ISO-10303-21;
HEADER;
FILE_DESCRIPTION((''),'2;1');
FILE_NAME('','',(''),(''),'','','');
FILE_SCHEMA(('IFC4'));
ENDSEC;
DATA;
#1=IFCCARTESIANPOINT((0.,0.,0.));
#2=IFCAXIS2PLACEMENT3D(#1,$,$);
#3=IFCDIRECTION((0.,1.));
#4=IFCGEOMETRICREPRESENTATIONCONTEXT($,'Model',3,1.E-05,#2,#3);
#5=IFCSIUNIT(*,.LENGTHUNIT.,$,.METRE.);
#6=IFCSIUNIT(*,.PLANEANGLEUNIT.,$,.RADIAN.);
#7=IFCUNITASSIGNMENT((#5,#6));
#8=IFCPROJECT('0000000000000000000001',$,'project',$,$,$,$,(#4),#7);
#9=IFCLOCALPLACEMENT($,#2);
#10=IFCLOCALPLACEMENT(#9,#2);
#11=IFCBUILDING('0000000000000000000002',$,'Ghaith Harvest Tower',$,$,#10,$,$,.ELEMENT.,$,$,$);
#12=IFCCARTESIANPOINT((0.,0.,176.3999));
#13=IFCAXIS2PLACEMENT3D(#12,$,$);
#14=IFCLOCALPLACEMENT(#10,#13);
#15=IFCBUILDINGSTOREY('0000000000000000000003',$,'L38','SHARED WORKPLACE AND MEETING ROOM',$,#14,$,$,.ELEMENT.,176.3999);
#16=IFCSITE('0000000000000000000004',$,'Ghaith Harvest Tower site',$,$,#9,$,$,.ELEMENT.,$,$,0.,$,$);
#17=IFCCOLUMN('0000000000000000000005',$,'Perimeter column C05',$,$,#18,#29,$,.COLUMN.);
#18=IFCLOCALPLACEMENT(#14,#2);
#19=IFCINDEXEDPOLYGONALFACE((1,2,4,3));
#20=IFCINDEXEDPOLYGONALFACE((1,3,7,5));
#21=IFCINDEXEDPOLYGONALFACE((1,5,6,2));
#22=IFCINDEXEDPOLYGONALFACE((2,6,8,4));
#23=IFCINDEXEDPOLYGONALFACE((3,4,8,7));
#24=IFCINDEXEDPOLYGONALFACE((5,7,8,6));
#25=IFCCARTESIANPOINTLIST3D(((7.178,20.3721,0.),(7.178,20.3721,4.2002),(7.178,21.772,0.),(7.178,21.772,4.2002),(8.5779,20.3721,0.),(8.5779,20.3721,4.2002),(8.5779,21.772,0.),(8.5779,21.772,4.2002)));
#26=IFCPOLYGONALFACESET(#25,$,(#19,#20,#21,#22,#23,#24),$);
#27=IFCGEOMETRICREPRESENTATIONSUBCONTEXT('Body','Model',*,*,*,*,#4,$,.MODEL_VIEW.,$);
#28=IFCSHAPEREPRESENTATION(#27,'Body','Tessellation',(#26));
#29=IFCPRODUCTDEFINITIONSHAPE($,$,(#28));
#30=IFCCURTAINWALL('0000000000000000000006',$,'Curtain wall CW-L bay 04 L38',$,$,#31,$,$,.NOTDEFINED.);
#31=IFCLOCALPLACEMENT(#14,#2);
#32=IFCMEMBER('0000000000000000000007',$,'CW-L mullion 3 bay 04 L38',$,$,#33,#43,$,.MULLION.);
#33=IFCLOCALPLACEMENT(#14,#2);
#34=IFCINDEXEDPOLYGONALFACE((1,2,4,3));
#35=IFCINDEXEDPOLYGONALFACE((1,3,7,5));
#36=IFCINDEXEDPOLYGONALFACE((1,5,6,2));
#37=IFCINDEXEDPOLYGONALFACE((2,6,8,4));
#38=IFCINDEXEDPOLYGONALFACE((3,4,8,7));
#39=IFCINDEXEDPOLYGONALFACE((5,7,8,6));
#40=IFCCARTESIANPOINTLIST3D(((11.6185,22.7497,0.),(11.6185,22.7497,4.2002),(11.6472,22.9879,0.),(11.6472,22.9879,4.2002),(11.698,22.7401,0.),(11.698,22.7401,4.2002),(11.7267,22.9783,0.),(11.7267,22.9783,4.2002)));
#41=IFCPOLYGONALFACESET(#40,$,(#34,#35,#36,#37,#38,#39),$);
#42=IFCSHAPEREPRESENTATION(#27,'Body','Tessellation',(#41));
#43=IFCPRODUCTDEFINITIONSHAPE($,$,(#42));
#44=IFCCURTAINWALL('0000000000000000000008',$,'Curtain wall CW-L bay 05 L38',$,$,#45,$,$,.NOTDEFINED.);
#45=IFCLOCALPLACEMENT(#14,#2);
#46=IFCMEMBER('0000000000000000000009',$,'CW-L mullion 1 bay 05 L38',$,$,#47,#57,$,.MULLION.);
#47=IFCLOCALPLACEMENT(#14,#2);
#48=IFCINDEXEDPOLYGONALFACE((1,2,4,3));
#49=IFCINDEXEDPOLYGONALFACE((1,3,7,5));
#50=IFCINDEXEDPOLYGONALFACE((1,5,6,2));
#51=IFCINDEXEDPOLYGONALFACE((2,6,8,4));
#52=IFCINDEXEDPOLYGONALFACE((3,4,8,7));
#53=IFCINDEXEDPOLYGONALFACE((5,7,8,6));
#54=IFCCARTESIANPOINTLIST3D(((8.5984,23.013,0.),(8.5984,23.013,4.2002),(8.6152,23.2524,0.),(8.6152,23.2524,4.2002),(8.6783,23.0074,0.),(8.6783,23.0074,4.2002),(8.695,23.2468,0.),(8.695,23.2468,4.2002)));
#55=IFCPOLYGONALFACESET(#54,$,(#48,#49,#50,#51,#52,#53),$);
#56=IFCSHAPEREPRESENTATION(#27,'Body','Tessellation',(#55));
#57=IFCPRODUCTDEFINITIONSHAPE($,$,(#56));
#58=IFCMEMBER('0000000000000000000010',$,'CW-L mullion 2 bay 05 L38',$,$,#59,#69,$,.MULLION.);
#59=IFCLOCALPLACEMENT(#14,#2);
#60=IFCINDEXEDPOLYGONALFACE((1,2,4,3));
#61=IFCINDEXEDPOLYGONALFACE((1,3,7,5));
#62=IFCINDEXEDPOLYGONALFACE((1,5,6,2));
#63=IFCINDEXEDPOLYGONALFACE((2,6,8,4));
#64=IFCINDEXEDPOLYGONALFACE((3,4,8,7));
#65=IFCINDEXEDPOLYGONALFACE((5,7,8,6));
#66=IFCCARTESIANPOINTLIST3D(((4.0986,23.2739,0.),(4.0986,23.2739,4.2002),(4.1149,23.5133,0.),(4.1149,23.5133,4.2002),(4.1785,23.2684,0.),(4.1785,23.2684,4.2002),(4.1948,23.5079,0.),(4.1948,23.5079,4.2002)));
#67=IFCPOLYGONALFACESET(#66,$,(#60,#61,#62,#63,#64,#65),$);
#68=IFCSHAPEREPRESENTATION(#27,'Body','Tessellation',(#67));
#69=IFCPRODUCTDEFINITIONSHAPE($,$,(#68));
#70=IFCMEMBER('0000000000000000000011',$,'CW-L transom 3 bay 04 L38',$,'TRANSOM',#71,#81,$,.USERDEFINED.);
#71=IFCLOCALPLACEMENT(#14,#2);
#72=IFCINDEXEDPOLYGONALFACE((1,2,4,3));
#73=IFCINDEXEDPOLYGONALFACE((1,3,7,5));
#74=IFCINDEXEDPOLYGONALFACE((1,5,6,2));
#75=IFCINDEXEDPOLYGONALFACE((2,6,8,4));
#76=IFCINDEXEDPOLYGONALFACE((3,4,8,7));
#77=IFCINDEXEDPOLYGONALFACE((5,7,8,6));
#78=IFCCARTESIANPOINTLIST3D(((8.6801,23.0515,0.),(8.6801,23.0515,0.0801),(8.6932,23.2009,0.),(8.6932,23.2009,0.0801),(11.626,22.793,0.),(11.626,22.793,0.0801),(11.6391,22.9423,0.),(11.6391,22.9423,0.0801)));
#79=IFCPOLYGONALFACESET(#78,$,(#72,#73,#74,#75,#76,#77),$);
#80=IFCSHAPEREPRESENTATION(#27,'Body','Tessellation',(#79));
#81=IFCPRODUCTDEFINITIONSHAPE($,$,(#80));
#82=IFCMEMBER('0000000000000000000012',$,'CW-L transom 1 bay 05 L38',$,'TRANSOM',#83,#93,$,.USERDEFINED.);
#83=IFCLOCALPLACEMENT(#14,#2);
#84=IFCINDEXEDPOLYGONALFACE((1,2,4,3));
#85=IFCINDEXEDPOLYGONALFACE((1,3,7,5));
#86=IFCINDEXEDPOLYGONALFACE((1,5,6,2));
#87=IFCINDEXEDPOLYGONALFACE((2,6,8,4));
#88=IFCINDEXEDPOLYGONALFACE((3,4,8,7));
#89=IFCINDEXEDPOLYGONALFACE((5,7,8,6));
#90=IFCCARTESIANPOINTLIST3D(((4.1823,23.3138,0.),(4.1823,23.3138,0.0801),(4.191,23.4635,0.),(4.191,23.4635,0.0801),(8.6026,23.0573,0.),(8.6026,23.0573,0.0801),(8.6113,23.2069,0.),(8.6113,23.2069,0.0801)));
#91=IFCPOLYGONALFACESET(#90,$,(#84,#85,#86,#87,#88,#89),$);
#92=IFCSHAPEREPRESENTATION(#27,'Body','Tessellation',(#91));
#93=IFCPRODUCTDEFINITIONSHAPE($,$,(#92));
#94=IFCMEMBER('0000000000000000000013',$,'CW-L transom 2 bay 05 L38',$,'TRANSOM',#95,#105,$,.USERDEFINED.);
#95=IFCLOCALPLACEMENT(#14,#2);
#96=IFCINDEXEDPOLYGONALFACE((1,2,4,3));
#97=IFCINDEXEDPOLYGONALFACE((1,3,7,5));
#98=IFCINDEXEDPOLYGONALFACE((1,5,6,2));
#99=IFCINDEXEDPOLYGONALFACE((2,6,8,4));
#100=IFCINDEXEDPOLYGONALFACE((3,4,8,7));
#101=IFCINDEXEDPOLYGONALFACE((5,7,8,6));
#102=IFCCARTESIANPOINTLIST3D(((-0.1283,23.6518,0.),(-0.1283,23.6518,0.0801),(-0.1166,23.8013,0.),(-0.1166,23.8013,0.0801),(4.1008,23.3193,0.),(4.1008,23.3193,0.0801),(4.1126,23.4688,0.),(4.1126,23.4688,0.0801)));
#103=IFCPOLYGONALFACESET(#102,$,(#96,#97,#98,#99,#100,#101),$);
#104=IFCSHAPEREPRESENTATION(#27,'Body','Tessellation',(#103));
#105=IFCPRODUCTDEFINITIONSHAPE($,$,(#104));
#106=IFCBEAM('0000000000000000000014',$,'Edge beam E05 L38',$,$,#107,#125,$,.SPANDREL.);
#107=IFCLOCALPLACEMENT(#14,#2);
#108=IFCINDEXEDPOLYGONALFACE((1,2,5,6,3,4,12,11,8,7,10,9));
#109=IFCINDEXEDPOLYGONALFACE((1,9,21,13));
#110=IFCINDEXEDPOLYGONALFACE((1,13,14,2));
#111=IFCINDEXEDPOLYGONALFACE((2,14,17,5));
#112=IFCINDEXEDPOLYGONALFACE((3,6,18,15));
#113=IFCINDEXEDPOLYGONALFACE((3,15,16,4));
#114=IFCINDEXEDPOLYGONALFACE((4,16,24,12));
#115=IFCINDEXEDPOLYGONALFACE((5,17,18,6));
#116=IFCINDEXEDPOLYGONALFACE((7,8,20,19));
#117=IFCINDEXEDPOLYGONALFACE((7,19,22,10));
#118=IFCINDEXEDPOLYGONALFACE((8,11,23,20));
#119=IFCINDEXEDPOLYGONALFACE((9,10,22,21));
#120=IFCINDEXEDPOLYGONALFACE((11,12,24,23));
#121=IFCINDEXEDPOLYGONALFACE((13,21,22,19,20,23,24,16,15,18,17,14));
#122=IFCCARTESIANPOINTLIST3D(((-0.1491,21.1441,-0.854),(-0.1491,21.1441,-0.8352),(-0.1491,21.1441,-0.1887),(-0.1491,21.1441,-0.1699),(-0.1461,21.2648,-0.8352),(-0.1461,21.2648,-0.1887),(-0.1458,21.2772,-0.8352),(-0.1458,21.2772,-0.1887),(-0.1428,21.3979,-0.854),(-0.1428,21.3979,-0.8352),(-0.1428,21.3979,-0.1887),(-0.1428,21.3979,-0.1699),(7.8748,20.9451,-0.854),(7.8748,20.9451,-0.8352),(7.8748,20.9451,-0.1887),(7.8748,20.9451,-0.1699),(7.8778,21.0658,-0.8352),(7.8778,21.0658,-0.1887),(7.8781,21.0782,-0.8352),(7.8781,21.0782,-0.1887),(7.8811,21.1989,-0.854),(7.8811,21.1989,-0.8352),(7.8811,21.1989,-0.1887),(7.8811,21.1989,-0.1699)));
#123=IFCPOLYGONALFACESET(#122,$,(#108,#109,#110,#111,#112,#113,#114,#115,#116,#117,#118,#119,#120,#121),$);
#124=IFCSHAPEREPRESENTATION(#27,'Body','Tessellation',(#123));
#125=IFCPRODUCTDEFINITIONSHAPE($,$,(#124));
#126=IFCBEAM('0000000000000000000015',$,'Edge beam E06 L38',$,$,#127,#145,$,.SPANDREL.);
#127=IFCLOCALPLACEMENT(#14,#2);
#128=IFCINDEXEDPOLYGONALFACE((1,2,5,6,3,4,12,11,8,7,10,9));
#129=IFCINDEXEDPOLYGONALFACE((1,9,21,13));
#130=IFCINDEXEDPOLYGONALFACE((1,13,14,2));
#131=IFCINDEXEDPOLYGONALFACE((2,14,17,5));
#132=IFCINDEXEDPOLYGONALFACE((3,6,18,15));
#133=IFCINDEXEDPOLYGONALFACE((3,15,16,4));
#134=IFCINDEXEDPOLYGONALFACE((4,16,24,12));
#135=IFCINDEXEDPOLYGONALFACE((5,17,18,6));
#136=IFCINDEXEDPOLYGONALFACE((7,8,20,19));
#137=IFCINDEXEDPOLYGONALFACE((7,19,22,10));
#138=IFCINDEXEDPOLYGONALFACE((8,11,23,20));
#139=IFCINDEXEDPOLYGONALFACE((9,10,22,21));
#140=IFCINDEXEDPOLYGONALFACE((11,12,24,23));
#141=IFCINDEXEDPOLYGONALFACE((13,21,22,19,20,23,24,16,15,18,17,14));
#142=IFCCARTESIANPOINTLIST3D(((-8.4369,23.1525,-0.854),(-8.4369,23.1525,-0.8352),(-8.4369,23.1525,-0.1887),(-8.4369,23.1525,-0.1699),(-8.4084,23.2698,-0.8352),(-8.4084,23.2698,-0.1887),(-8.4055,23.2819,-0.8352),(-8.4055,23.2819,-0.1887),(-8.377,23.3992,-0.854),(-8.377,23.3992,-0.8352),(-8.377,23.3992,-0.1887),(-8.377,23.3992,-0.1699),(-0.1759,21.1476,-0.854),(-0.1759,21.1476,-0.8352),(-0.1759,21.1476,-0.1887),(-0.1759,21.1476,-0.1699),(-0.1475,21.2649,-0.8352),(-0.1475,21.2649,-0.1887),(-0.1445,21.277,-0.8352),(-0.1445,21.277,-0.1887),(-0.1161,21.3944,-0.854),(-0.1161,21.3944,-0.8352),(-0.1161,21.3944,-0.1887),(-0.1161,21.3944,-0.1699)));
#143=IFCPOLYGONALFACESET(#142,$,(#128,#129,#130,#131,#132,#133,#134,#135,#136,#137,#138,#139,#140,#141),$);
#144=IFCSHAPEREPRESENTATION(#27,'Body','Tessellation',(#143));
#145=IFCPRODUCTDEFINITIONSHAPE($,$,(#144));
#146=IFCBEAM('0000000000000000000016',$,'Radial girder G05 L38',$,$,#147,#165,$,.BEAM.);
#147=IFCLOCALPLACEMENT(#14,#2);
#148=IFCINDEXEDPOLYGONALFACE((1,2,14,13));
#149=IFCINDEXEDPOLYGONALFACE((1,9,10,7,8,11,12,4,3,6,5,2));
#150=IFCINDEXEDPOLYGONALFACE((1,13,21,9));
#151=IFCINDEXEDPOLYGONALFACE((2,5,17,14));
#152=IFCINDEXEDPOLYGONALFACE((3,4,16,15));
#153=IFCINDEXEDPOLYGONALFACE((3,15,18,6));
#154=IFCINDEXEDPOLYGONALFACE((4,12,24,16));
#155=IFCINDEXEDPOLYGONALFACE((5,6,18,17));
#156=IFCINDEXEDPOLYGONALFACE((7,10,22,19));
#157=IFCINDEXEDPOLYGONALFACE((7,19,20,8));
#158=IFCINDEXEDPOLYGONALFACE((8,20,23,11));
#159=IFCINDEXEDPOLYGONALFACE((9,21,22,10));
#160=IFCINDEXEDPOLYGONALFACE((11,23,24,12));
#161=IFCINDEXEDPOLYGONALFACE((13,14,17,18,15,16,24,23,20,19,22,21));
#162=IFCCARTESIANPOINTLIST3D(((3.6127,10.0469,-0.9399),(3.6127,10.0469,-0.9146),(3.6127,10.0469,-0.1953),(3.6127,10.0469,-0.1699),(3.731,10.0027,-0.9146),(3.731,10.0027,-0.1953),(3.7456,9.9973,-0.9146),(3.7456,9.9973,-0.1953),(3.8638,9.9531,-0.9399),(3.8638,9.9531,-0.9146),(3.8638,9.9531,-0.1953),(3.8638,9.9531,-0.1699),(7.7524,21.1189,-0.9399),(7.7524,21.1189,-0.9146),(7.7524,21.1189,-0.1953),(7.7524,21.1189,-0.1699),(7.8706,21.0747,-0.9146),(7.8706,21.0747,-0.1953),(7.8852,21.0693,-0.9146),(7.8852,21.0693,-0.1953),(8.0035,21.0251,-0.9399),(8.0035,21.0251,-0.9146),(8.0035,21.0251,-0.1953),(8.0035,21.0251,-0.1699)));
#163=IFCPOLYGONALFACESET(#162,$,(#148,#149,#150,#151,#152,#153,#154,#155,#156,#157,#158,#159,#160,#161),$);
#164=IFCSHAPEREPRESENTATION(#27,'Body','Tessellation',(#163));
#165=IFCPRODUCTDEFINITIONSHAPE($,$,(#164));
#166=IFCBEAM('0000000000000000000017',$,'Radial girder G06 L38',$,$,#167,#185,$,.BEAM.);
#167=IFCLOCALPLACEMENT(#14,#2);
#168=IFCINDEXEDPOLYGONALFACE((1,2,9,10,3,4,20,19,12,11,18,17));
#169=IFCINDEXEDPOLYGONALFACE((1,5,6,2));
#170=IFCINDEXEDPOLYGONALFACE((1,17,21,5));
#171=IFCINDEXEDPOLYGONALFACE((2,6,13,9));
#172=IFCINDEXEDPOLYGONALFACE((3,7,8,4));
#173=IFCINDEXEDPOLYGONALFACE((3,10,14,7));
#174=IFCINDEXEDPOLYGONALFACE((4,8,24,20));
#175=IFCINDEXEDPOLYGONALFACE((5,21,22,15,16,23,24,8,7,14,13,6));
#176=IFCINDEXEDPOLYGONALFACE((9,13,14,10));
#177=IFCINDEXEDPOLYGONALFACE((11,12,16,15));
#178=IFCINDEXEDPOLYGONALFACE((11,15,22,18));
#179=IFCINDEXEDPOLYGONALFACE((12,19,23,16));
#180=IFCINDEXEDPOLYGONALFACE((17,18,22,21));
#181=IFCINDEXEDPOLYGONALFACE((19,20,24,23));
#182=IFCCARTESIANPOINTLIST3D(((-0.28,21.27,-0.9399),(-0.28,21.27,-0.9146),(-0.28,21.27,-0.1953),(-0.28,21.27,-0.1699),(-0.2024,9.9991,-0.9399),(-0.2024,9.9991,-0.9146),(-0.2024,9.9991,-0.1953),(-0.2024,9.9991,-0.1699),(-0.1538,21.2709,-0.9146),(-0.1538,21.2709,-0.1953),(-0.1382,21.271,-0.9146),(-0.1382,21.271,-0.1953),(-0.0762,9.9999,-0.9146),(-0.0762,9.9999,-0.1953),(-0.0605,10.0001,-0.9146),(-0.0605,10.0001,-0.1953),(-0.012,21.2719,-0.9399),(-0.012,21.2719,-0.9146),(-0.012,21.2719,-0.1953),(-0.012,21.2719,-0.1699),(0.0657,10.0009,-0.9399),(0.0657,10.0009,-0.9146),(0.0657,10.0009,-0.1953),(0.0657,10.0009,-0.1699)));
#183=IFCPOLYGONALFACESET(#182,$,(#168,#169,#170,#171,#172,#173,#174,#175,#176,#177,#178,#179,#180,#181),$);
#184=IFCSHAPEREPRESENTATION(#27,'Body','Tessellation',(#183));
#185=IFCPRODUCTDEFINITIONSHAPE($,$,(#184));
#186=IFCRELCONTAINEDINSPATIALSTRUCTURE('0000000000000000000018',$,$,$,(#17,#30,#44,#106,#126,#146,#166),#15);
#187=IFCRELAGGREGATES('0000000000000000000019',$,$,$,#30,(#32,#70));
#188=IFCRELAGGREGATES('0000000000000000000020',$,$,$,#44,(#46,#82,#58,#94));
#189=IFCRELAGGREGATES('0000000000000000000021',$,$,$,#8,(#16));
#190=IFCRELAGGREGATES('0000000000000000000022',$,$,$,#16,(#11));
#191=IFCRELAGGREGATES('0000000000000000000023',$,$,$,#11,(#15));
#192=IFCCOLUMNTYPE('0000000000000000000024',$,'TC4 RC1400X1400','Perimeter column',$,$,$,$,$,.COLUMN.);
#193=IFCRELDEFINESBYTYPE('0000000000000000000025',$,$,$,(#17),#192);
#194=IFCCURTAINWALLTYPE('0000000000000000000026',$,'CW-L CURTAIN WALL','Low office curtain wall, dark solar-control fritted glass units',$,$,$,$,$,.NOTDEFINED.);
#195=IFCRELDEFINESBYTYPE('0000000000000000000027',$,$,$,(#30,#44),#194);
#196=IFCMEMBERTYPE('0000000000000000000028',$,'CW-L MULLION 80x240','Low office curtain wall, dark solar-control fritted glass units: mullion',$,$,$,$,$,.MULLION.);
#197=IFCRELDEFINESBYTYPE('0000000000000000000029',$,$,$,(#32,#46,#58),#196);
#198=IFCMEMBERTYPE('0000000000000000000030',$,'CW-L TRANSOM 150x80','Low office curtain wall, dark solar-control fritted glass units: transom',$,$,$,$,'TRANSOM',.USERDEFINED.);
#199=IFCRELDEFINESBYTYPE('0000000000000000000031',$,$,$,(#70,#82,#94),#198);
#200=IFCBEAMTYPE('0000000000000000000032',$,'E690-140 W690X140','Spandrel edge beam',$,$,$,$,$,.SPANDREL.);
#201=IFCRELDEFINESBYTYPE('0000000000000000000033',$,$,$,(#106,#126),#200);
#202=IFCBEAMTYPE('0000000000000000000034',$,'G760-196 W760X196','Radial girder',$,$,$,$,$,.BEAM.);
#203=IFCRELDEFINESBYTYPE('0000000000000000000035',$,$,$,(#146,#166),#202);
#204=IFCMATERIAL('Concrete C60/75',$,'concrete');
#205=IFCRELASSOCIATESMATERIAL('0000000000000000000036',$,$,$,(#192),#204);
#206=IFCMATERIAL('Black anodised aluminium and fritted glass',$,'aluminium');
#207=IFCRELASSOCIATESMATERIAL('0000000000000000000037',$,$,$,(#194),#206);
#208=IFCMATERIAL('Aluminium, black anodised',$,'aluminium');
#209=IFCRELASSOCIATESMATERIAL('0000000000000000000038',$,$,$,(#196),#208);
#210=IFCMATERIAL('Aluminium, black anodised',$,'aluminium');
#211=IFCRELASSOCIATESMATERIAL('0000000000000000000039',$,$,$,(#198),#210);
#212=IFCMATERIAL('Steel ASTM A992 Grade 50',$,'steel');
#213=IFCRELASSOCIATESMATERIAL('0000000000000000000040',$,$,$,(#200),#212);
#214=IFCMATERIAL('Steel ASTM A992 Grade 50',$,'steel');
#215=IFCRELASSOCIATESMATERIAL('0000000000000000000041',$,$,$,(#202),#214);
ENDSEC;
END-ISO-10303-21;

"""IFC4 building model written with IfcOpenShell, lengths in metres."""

from ifc_helpers import new_model, si_unit, direction, frame, origin, origin_2d, place, context, subcontext, project, spatial, rectangle, i_section, extrude, material, material_profile, profile_set, type_object, element, aggregate, save


model = new_model("IFC4")

# Units and contexts
model_context = context("Model", 3, precision=1e-05, world=origin(), true_north=direction((0.0, 1.0)))
body_context = subcontext(model_context, "Body", "Model", "MODEL_VIEW")
ifc_project = project(units=[si_unit("LENGTHUNIT", "METRE"), si_unit("PLANEANGLEUNIT", "RADIAN")], contexts=[model_context])

# Site, building, storey
site_placement = place(None, origin())
site = spatial("IfcSite", under=ifc_project, at=site_placement, Name="Ghaith Harvest Tower site", CompositionType="ELEMENT", RefElevation=0.0)
building_placement = place(site_placement, origin())
building = spatial("IfcBuilding", under=site, at=building_placement, Name="Ghaith Harvest Tower", CompositionType="ELEMENT")
storey_placement = place(building_placement, frame((0.0, 0.0, 176.3999)))
storey = spatial("IfcBuildingStorey", under=building, at=storey_placement, Name="L38", Description="SHARED WORKPLACE AND MEETING ROOM", CompositionType="ELEMENT", Elevation=176.3999)

# Column
ifc_material_1 = material(Name="Concrete C60/75", Category="concrete")
ifc_material_profile_1 = material_profile(ifc_material_1, rectangle(XDim=1.3999, YDim=1.3999, at=origin_2d()), Name="RC1400X1400")
ifc_profile_set_1 = profile_set([ifc_material_profile_1], Name="Concrete C60/75")
column_type = type_object("IfcColumnType", Name="TC4 RC1400X1400", Description="Perimeter column", PredefinedType="COLUMN", material=ifc_profile_set_1)
column_placement = place(storey_placement, frame((7.8779, 21.072, 0.0), z_axis=(0.0, 0.0, 1.0), x_axis=(1.0, 0.0, 0.0)))
element("IfcColumn", 1, at=column_placement, inside=storey, type_object=column_type, Name="Perimeter column C05", PredefinedType="COLUMN", context=body_context, shape_type="SweptSolid", body=[
    extrude(rectangle(XDim=1.3999, YDim=1.3999, at=origin_2d()), origin(), (0.0, 0.0, 1.0), 4.2002),
])

# Curtain wall, member
ifc_material_2 = material(Name="Black anodised aluminium and fritted glass", Category="aluminium")
curtain_wall_type = type_object("IfcCurtainWallType", Name="CW-L CURTAIN WALL", Description="Low office curtain wall, dark solar-control fritted glass units", PredefinedType="NOTDEFINED", material=ifc_material_2)
curtain_wall_1_placement = place(storey_placement, origin())
curtain_wall_1 = element("IfcCurtainWall", 2, at=curtain_wall_1_placement, inside=storey, type_object=curtain_wall_type, Name="Curtain wall CW-L bay 04 L38", PredefinedType="NOTDEFINED")
ifc_material_3 = material(Name="Aluminium, black anodised", Category="aluminium")
ifc_material_profile_2 = material_profile(ifc_material_3, rectangle(XDim=0.0801, YDim=0.24, at=origin_2d()), Name="CW-L MULLION 80x240")
ifc_profile_set_2 = profile_set([ifc_material_profile_2], Name="Aluminium, black anodised")
member_type_1 = type_object("IfcMemberType", Name="CW-L MULLION 80x240", Description="Low office curtain wall, dark solar-control fritted glass units: mullion", PredefinedType="MULLION", material=ifc_profile_set_2)
member_1_placement = place(storey_placement, frame((11.6726, 22.864, 0.0), z_axis=(0.0, 0.0, 1.0), x_axis=(-0.9928, 0.11978, 0.0)))
member_1 = element("IfcMember", 3, at=member_1_placement, type_object=member_type_1, Name="CW-L mullion 3 bay 04 L38", PredefinedType="MULLION", context=body_context, shape_type="SweptSolid", body=[
    extrude(rectangle(XDim=0.0801, YDim=0.24, at=origin_2d()), origin(), (0.0, 0.0, 1.0), 4.2002),
])

# Curtain wall, members
curtain_wall_2_placement = place(storey_placement, origin())
curtain_wall_2 = element("IfcCurtainWall", 4, at=curtain_wall_2_placement, inside=storey, type_object=curtain_wall_type, Name="Curtain wall CW-L bay 05 L38", PredefinedType="NOTDEFINED")
member_2_placement = place(storey_placement, frame((8.6467, 23.1299, 0.0), z_axis=(0.0, 0.0, 1.0), x_axis=(-0.997559, 0.069832, 0.0)))
member_2 = element("IfcMember", 5, at=member_2_placement, type_object=member_type_1, Name="CW-L mullion 1 bay 05 L38", PredefinedType="MULLION", context=body_context, shape_type="SweptSolid", body=[
    extrude(rectangle(XDim=0.0801, YDim=0.24, at=origin_2d()), origin(), (0.0, 0.0, 1.0), 4.2002),
])
member_3_placement = place(storey_placement, frame((4.1467, 23.3909, 0.0), z_axis=(0.0, 0.0, 1.0), x_axis=(-0.99769, 0.067933, 0.0)))
member_3 = element("IfcMember", 6, at=member_3_placement, type_object=member_type_1, Name="CW-L mullion 2 bay 05 L38", PredefinedType="MULLION", context=body_context, shape_type="SweptSolid", body=[
    extrude(rectangle(XDim=0.0801, YDim=0.24, at=origin_2d()), origin(), (0.0, 0.0, 1.0), 4.2002),
])

# Members
ifc_material_4 = material(Name="Aluminium, black anodised", Category="aluminium")
ifc_material_profile_3 = material_profile(ifc_material_4, rectangle(XDim=0.1499, YDim=0.0801, at=origin_2d()), Name="CW-L TRANSOM 150x80")
ifc_profile_set_3 = profile_set([ifc_material_profile_3], Name="Aluminium, black anodised")
member_type_2 = type_object("IfcMemberType", Name="CW-L TRANSOM 150x80", Description="Low office curtain wall, dark solar-control fritted glass units: transom", ElementType="TRANSOM", PredefinedType="USERDEFINED", material=ifc_profile_set_3)
member_4_placement = place(storey_placement, frame((11.6326, 22.8677, 0.04), z_axis=(-0.996171, 0.087424, 0.0), x_axis=(-0.087424, -0.996171, 0.0)))
member_4 = element("IfcMember", 7, at=member_4_placement, type_object=member_type_2, Name="CW-L transom 3 bay 04 L38", ObjectType="TRANSOM", PredefinedType="USERDEFINED", context=body_context, shape_type="SweptSolid", body=[
    extrude(rectangle(XDim=0.1499, YDim=0.0801, at=origin_2d()), origin(), (0.0, 0.0, 1.0), 2.9573),
])
member_5_placement = place(storey_placement, frame((8.6069, 23.1321, 0.04), z_axis=(-0.99832, 0.05795, 0.0), x_axis=(-0.05795, -0.99832, 0.0)))
member_5 = element("IfcMember", 8, at=member_5_placement, type_object=member_type_2, Name="CW-L transom 1 bay 05 L38", ObjectType="TRANSOM", PredefinedType="USERDEFINED", context=body_context, shape_type="SweptSolid", body=[
    extrude(rectangle(XDim=0.1499, YDim=0.0801, at=origin_2d()), origin(), (0.0, 0.0, 1.0), 4.4277),
])
member_6_placement = place(storey_placement, frame((4.1067, 23.394, 0.04), z_axis=(-0.996923, 0.078382, 0.0), x_axis=(-0.078382, -0.996923, 0.0)))
member_6 = element("IfcMember", 9, at=member_6_placement, type_object=member_type_2, Name="CW-L transom 2 bay 05 L38", ObjectType="TRANSOM", PredefinedType="USERDEFINED", context=body_context, shape_type="SweptSolid", body=[
    extrude(rectangle(XDim=0.1499, YDim=0.0801, at=origin_2d()), origin(), (0.0, 0.0, 1.0), 4.2422),
])

# Beams
ifc_material_5 = material(Name="Steel ASTM A992 Grade 50", Category="steel")
ifc_material_profile_4 = material_profile(ifc_material_5, i_section(OverallWidth=0.2539, OverallDepth=0.6841, WebThickness=0.0125, FlangeThickness=0.0188, at=origin_2d()), Name="W690X140")
ifc_profile_set_4 = profile_set([ifc_material_profile_4], Name="Steel ASTM A992 Grade 50")
beam_type_1 = type_object("IfcBeamType", Name="E690-140 W690X140", Description="Spandrel edge beam", PredefinedType="SPANDREL", material=ifc_profile_set_4)
beam_1_placement = place(storey_placement, frame((7.8779, 21.072, -0.512), z_axis=(-0.999693, 0.02479, 0.0), x_axis=(-0.02479, -0.999693, 0.0)))
element("IfcBeam", 10, at=beam_1_placement, inside=storey, type_object=beam_type_1, Name="Edge beam E05 L38", PredefinedType="SPANDREL", context=body_context, shape_type="SweptSolid", body=[
    extrude(i_section(OverallWidth=0.2539, OverallDepth=0.6841, WebThickness=0.0125, FlangeThickness=0.0188, at=origin_2d()), origin(), (0.0, 0.0, 1.0), 8.0264),
])
beam_2_placement = place(storey_placement, frame((-0.146, 21.271, -0.512), z_axis=(-0.97179, 0.235847, 0.0), x_axis=(-0.235847, -0.97179, 0.0)))
element("IfcBeam", 11, at=beam_2_placement, inside=storey, type_object=beam_type_1, Name="Edge beam E06 L38", PredefinedType="SPANDREL", context=body_context, shape_type="SweptSolid", body=[
    extrude(i_section(OverallWidth=0.2539, OverallDepth=0.6841, WebThickness=0.0125, FlangeThickness=0.0188, at=origin_2d()), origin(), (0.0, 0.0, 1.0), 8.5007),
])
ifc_material_6 = material(Name="Steel ASTM A992 Grade 50", Category="steel")
ifc_material_profile_5 = material_profile(ifc_material_6, i_section(OverallWidth=0.2681, OverallDepth=0.77, WebThickness=0.0156, FlangeThickness=0.0254, at=origin_2d()), Name="W760X196")
ifc_profile_set_5 = profile_set([ifc_material_profile_5], Name="Steel ASTM A992 Grade 50")
beam_type_2 = type_object("IfcBeamType", Name="G760-196 W760X196", Description="Radial girder", PredefinedType="BEAM", material=ifc_profile_set_5)
beam_3_placement = place(storey_placement, frame((3.7383, 10.0, -0.5549), z_axis=(0.350207, 0.936672, 0.0), x_axis=(-0.936672, 0.350207, 0.0)))
element("IfcBeam", 12, at=beam_3_placement, inside=storey, type_object=beam_type_2, Name="Radial girder G05 L38", PredefinedType="BEAM", context=body_context, shape_type="SweptSolid", body=[
    extrude(i_section(OverallWidth=0.2681, OverallDepth=0.77, WebThickness=0.0156, FlangeThickness=0.0254, at=origin_2d()), origin(), (0.0, 0.0, 1.0), 11.8206),
])
beam_4_placement = place(storey_placement, frame((-0.0684, 10.0, -0.5549), z_axis=(-0.006888, 0.999976, 0.0), x_axis=(-0.999976, -0.006888, 0.0)))
element("IfcBeam", 13, at=beam_4_placement, inside=storey, type_object=beam_type_2, Name="Radial girder G06 L38", PredefinedType="BEAM", context=body_context, shape_type="SweptSolid", body=[
    extrude(i_section(OverallWidth=0.2681, OverallDepth=0.77, WebThickness=0.0156, FlangeThickness=0.0254, at=origin_2d()), origin(), (0.0, 0.0, 1.0), 11.2712),
])

aggregate(curtain_wall_1, [member_1, member_4])
aggregate(curtain_wall_2, [member_2, member_5, member_3, member_6])

save(model, "model.ifc")
